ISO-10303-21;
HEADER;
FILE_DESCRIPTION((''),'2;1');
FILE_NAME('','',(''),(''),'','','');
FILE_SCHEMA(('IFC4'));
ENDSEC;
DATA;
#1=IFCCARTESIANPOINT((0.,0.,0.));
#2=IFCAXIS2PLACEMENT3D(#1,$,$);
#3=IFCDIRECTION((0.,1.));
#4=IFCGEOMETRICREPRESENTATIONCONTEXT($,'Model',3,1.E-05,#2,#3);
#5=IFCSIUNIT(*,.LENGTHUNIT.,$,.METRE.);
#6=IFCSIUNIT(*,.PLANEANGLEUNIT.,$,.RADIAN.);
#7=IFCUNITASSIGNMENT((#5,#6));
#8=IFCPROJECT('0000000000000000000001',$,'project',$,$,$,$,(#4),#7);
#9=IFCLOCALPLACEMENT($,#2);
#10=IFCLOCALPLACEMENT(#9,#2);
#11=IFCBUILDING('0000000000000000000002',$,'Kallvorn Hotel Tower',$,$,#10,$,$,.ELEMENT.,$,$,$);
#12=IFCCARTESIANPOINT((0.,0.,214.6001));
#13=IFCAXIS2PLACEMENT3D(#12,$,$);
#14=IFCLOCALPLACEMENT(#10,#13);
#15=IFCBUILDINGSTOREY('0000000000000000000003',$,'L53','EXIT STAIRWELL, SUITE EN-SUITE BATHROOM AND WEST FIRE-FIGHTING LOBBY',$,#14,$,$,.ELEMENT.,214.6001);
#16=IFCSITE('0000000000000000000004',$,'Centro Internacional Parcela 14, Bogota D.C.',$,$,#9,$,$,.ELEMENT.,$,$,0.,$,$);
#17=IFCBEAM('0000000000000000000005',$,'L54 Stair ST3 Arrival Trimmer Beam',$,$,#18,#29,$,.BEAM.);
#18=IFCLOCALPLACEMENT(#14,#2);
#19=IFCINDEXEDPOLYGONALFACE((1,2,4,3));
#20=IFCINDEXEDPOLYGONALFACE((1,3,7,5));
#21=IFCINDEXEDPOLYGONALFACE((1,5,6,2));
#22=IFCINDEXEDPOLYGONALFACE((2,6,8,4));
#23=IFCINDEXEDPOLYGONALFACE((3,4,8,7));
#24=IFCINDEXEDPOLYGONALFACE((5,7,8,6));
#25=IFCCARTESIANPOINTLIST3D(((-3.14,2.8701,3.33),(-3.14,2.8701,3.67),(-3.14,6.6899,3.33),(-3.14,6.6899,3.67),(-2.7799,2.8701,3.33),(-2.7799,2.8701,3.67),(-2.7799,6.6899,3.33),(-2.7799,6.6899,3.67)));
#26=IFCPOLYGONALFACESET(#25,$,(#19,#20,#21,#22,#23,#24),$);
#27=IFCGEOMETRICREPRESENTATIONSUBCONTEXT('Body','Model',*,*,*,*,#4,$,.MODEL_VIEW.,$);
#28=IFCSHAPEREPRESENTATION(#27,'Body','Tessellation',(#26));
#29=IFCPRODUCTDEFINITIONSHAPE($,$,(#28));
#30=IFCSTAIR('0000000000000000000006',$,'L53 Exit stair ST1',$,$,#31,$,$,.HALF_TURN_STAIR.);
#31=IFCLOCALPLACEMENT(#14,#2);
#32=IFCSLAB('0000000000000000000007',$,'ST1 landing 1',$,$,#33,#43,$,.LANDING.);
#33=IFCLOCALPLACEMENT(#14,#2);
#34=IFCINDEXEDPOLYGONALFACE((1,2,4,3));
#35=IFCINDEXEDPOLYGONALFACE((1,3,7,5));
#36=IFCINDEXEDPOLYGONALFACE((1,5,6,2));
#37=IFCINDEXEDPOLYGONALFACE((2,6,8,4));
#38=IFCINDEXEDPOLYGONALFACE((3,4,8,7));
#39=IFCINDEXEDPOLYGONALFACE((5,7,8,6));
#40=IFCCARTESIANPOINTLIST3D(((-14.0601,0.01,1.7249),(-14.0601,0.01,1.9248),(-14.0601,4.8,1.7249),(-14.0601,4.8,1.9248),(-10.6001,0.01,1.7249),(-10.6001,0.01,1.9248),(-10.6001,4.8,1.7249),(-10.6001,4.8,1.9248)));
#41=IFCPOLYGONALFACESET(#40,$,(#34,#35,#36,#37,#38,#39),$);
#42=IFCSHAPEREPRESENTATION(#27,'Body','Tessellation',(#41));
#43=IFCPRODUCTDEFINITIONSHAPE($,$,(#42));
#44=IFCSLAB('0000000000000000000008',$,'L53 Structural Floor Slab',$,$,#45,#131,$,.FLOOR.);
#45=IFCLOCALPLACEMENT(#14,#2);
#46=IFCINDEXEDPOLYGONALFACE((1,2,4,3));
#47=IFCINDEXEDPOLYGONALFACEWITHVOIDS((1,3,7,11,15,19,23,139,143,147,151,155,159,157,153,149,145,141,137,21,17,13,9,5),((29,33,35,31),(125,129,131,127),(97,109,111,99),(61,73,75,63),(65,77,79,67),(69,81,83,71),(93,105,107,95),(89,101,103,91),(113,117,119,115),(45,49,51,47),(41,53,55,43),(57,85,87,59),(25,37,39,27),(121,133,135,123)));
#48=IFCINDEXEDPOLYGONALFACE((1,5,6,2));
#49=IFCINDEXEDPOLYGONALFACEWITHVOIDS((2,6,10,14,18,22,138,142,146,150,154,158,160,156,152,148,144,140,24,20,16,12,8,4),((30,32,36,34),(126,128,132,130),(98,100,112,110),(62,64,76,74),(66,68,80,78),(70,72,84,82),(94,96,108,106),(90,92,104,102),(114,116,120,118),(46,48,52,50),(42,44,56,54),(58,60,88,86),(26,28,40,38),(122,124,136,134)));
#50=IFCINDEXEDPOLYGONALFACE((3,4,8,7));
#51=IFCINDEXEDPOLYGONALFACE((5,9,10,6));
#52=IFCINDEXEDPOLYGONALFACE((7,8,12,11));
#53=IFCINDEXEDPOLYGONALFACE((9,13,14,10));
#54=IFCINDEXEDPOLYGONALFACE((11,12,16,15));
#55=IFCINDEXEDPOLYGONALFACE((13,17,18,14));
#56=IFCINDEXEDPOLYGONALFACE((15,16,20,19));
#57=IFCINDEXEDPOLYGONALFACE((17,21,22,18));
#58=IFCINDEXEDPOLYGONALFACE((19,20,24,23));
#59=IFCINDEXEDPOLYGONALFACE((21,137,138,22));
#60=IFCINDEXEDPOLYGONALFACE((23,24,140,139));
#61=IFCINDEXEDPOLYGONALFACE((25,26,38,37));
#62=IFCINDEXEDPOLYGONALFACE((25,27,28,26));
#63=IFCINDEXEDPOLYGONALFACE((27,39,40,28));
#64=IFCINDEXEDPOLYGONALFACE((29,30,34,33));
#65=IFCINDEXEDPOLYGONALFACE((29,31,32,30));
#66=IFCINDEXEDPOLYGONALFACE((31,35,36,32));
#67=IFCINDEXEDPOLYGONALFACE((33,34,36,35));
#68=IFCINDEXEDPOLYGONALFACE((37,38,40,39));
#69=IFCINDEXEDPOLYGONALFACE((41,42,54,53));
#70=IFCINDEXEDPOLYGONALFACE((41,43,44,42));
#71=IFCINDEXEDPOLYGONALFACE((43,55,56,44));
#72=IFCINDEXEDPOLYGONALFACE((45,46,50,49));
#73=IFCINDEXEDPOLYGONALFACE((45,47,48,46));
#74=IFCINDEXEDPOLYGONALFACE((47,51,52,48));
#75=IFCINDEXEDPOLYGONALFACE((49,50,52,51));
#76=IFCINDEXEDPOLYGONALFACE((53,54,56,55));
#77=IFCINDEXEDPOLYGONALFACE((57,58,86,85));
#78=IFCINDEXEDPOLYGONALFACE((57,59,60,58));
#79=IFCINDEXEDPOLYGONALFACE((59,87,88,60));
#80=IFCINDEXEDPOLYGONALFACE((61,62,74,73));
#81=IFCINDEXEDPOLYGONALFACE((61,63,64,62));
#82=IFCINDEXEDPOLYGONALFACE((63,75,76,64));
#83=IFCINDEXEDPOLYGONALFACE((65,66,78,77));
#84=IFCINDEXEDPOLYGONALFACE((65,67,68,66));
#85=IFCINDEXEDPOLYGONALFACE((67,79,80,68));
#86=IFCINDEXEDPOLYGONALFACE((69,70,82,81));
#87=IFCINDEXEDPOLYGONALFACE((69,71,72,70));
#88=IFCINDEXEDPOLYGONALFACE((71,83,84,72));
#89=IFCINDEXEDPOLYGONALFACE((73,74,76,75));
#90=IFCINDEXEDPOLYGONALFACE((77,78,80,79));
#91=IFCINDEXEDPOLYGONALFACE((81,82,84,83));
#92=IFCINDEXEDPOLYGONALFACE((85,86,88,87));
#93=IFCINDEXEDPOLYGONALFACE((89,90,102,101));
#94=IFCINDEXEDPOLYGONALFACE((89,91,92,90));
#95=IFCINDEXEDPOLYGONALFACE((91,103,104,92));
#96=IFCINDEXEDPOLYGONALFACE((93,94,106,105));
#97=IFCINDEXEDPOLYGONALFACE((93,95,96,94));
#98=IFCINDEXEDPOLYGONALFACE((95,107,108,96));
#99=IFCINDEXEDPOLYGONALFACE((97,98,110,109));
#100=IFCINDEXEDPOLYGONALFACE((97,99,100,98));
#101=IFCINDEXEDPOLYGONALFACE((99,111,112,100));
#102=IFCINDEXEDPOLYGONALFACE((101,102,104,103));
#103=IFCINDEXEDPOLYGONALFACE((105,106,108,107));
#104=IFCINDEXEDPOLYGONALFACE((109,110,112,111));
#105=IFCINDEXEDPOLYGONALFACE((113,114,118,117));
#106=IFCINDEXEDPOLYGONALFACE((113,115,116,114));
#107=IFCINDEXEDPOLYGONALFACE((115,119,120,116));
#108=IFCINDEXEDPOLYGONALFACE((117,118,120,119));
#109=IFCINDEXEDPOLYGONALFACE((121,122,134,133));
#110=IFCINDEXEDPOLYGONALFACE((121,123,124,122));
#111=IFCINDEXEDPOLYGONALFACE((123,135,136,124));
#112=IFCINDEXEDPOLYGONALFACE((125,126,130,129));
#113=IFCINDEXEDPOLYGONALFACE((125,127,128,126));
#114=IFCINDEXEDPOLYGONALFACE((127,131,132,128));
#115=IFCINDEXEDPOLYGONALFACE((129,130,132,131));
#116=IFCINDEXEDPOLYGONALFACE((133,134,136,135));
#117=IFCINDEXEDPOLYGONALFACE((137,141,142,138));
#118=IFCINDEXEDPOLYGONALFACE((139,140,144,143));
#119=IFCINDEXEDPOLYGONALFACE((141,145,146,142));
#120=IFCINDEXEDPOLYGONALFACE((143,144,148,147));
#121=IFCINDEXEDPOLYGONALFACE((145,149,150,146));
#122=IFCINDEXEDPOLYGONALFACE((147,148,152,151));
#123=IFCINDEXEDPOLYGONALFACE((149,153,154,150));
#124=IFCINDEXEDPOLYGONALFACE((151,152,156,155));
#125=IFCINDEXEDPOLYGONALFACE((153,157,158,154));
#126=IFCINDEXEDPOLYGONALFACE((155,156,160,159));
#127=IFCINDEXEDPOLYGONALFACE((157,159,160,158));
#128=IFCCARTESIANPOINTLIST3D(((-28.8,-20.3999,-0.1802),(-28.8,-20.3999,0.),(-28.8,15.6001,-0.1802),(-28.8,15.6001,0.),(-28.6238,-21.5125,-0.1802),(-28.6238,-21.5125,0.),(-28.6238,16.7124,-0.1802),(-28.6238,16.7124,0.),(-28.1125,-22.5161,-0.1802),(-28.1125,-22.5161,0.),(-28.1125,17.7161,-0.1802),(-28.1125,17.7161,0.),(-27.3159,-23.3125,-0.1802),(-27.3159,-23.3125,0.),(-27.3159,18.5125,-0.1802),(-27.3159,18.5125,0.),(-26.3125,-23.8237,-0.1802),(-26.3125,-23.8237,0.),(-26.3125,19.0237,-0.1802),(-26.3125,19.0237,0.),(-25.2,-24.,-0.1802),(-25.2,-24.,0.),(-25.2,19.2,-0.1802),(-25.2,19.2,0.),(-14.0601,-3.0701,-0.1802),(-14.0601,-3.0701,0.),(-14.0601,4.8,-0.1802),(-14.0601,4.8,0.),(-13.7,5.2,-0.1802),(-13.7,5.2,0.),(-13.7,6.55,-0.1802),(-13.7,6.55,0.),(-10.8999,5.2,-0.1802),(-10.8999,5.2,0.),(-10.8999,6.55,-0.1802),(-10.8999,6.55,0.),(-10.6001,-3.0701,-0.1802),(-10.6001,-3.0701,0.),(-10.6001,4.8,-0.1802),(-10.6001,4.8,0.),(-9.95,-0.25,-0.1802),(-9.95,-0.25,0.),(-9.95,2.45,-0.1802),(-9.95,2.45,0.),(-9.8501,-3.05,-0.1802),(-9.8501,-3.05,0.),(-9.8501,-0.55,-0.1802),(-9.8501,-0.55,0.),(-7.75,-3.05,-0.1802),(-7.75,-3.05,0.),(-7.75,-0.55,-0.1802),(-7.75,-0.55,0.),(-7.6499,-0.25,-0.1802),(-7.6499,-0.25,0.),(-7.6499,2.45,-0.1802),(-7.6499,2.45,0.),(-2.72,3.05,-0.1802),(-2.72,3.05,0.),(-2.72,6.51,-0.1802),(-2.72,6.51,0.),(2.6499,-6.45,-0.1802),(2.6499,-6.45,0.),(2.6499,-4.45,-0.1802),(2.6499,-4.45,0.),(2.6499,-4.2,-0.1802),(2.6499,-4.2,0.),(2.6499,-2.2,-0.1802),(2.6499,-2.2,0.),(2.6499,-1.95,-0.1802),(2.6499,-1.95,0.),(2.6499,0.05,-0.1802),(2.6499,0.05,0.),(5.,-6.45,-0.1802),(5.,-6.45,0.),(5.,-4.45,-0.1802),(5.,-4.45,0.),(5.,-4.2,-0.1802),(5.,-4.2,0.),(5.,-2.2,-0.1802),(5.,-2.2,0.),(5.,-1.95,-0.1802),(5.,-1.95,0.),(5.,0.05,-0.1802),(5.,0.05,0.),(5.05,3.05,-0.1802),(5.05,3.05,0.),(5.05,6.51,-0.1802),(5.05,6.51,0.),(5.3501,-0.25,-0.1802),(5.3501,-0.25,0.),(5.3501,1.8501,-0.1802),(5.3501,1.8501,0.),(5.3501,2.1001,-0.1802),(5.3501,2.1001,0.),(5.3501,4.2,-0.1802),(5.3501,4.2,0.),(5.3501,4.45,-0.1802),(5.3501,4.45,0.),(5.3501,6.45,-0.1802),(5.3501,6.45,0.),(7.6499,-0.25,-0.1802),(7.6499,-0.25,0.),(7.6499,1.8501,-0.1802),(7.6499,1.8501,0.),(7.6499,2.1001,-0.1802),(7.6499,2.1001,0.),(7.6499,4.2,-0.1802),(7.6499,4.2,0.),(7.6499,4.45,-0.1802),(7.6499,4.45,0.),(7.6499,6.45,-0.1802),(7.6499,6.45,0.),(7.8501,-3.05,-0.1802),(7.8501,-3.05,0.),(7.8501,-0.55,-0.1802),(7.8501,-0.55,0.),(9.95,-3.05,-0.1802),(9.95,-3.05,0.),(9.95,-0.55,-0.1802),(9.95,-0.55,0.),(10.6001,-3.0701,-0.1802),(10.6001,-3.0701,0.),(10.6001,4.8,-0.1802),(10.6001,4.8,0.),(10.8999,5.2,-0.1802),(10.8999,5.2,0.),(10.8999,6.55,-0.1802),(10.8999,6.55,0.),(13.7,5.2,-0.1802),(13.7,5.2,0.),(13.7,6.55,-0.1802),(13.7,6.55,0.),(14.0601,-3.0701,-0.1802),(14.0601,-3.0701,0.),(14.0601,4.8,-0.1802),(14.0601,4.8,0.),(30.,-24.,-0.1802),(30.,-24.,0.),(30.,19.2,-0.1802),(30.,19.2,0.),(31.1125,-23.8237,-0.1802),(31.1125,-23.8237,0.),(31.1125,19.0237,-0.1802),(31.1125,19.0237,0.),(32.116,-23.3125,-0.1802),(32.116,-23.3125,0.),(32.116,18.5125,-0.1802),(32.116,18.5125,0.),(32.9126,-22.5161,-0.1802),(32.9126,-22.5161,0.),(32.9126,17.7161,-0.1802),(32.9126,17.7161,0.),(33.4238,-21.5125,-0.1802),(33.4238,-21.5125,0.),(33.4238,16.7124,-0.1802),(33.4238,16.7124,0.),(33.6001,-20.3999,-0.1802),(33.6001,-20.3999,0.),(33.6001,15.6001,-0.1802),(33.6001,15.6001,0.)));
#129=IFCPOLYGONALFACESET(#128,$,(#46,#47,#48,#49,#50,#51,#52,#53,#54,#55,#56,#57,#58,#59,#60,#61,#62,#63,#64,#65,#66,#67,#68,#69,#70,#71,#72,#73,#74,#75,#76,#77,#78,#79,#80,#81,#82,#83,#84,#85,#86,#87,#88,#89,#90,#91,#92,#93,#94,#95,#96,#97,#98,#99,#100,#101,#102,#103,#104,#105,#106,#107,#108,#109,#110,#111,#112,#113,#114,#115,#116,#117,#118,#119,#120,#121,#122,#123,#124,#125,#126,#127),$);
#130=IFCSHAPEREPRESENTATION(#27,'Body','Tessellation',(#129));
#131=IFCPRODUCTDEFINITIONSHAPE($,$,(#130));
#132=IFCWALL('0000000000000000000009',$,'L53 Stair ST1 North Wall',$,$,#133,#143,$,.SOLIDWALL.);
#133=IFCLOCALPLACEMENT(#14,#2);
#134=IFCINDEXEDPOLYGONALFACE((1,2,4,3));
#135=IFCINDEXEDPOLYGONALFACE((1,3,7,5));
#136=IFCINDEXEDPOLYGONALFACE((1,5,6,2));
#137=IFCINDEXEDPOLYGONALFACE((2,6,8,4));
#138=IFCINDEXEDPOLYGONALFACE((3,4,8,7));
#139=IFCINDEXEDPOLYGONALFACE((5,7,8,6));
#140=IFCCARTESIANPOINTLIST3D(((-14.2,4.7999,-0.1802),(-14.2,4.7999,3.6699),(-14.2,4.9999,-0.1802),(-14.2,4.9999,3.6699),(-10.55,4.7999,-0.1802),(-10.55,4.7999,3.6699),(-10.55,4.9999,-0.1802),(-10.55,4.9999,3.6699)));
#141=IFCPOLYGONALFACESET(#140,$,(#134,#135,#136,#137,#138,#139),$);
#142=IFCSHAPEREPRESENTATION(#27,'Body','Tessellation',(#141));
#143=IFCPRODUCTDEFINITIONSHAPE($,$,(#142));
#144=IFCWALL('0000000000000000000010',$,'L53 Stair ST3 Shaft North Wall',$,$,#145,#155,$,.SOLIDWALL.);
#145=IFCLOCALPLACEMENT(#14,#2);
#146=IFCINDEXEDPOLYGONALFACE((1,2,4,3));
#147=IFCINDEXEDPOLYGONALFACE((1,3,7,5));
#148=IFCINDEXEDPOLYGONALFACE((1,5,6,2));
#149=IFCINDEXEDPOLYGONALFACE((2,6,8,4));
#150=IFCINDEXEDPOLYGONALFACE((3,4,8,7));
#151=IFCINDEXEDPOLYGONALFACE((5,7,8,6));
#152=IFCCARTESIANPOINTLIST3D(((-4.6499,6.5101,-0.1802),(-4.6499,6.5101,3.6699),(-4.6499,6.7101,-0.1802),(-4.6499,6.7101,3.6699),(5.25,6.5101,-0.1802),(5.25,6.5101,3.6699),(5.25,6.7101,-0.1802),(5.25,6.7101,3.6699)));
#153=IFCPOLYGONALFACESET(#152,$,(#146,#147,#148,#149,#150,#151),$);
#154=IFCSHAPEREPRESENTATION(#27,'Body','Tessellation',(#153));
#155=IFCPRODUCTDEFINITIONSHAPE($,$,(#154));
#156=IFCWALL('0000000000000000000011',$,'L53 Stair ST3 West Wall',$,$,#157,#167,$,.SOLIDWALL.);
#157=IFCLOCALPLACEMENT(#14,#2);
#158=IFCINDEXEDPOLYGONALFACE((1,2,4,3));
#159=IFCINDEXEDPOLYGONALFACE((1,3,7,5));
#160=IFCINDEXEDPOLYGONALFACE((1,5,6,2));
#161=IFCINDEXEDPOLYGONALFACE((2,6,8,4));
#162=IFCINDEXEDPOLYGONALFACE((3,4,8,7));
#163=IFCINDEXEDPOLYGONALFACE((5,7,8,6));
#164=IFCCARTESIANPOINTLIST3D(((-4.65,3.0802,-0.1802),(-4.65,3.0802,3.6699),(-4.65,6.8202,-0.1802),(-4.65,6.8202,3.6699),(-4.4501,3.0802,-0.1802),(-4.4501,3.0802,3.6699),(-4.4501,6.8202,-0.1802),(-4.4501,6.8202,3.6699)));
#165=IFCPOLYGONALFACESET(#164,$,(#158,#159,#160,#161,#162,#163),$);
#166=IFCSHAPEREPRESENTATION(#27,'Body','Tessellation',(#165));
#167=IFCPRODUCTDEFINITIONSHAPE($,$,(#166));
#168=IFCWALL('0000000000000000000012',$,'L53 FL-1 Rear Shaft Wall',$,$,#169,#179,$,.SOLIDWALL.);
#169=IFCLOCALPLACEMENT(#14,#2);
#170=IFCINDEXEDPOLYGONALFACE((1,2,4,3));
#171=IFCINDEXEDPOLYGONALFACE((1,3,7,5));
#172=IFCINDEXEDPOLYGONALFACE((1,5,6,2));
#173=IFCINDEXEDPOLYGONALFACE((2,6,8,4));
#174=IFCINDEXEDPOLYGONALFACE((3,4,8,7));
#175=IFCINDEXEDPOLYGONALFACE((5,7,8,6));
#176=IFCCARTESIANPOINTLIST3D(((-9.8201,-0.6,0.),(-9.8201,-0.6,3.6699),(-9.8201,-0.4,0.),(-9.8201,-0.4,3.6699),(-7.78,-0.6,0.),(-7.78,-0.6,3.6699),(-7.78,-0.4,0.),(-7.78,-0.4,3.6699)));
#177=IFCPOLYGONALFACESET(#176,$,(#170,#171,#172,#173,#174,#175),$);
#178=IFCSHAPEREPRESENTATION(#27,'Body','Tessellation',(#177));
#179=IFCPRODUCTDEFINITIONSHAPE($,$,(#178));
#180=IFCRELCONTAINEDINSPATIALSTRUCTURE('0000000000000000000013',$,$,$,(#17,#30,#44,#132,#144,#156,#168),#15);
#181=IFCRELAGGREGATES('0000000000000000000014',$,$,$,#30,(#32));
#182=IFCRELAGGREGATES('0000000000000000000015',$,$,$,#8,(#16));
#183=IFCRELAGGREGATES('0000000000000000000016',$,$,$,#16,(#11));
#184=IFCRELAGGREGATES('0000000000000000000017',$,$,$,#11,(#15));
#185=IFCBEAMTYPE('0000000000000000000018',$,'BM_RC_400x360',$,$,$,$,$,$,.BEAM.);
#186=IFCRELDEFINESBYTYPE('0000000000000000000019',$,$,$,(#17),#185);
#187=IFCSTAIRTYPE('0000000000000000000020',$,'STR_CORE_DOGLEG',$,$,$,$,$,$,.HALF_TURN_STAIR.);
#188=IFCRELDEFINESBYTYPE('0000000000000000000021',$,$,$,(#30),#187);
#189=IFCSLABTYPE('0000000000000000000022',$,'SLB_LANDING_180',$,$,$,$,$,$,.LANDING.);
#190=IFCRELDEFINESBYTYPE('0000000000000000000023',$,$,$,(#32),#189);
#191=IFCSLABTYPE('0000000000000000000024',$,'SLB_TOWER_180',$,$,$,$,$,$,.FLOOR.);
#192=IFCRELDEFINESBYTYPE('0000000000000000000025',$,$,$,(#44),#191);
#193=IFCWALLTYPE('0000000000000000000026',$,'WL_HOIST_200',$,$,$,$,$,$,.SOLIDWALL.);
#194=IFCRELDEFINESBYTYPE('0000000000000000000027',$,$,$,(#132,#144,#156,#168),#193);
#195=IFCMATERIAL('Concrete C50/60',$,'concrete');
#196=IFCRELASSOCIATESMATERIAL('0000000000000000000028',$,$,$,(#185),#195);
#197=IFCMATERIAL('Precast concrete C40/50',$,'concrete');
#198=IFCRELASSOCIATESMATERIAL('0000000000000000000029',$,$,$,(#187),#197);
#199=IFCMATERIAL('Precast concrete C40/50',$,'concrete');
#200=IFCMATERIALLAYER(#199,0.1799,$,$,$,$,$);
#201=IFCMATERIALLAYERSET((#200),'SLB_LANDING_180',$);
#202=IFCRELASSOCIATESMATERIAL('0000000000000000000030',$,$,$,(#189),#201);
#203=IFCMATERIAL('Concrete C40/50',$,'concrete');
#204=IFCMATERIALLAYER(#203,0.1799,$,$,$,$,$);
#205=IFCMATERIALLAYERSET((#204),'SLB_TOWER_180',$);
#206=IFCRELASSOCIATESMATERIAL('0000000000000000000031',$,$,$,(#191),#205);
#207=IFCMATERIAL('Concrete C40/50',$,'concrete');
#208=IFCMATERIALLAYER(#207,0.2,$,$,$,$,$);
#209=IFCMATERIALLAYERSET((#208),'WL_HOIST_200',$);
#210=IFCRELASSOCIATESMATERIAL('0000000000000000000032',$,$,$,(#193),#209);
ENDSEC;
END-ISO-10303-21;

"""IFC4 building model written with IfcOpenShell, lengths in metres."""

from ifc_helpers import new_model, si_unit, direction, frame, frame_2d, origin, origin_2d, place, context, subcontext, project, spatial, polyline, rectangle, outline, extrude, material, layer, layer_set, material_profile, profile_set, type_object, element, aggregate, save


model = new_model("IFC4")

# Units and contexts
model_context = context("Model", 3, precision=1e-05, world=origin(), true_north=direction((0.0, 1.0)))
body_context = subcontext(model_context, "Body", "Model", "MODEL_VIEW")
ifc_project = project(units=[si_unit("LENGTHUNIT", "METRE"), si_unit("PLANEANGLEUNIT", "RADIAN")], contexts=[model_context])

# Site, building, storey
site_placement = place(None, origin())
site = spatial("IfcSite", under=ifc_project, at=site_placement, Name="Centro Internacional Parcela 14, Bogota D.C.", CompositionType="ELEMENT", RefElevation=0.0)
building_placement = place(site_placement, origin())
building = spatial("IfcBuilding", under=site, at=building_placement, Name="Kallvorn Hotel Tower", CompositionType="ELEMENT")
storey_placement = place(building_placement, frame((0.0, 0.0, 214.6001)))
storey = spatial("IfcBuildingStorey", under=building, at=storey_placement, Name="L53", Description="EXIT STAIRWELL, SUITE EN-SUITE BATHROOM AND WEST FIRE-FIGHTING LOBBY", CompositionType="ELEMENT", Elevation=214.6001)

# Beam
ifc_material_1 = material(Name="Concrete C50/60", Category="concrete")
ifc_material_profile = material_profile(ifc_material_1, rectangle(XDim=0.3601, YDim=0.3401, at=origin_2d()), Name="RC 360x340")
ifc_profile_set = profile_set([ifc_material_profile], Name="Concrete C50/60")
beam_type = type_object("IfcBeamType", Name="BM_RC_400x360", PredefinedType="BEAM", material=ifc_profile_set)
beam_placement = place(storey_placement, frame((-2.96, 2.8701, 3.5), z_axis=(0.0, 1.0, 0.0), x_axis=(-1.0, 0.0, 0.0)))
element("IfcBeam", 1, at=beam_placement, inside=storey, type_object=beam_type, Name="L54 Stair ST3 Arrival Trimmer Beam", PredefinedType="BEAM", context=body_context, shape_type="SweptSolid", body=[
    extrude(rectangle(XDim=0.3601, YDim=0.3401, at=origin_2d()), origin(), (0.0, 0.0, 1.0), 3.8198),
])

# Stair, slab
ifc_material_2 = material(Name="Precast concrete C40/50", Category="concrete")
stair_type = type_object("IfcStairType", Name="STR_CORE_DOGLEG", PredefinedType="HALF_TURN_STAIR", material=ifc_material_2)
stair_1_placement = place(storey_placement, origin())
stair_1 = element("IfcStair", 2, at=stair_1_placement, inside=storey, type_object=stair_type, Name="L53 Exit stair ST1", PredefinedType="HALF_TURN_STAIR")
ifc_material_3 = material(Name="Precast concrete C40/50", Category="concrete")
ifc_layer_1 = layer(ifc_material_3, 0.1799)
ifc_layer_set_1 = layer_set([ifc_layer_1], Name="SLB_LANDING_180")
slab_type_1 = type_object("IfcSlabType", Name="SLB_LANDING_180", PredefinedType="LANDING", material=ifc_layer_set_1)
slab_1_placement = place(storey_placement, frame((0.0, 0.0, 1.7249)))
slab_1 = element("IfcSlab", 3, at=slab_1_placement, type_object=slab_type_1, Name="ST1 landing 1", PredefinedType="LANDING", context=body_context, shape_type="SweptSolid", body=[
    extrude(outline(polyline([(-10.6001, 0.01), (-10.6001, 4.8), (-14.0601, 4.8), (-14.0601, 0.01), (-10.6001, 0.01)])), origin(), (0.0, 0.0, 1.0), 0.2),
])

# Slab
ifc_material_4 = material(Name="Concrete C40/50", Category="concrete")
ifc_layer_2 = layer(ifc_material_4, 0.1799)
ifc_layer_set_2 = layer_set([ifc_layer_2], Name="SLB_TOWER_180")
slab_type_2 = type_object("IfcSlabType", Name="SLB_TOWER_180", PredefinedType="FLOOR", material=ifc_layer_set_2)
slab_2_placement = place(storey_placement, frame((0.0, 0.0, -0.1802)))
element("IfcSlab", 4, at=slab_2_placement, inside=storey, type_object=slab_type_2, Name="L53 Structural Floor Slab", PredefinedType="FLOOR", context=body_context, shape_type="SweptSolid", body=[
    extrude(outline(polyline([(30.0, -24.0), (31.1125, -23.8237), (32.116, -23.3125), (32.9126, -22.5161), (33.4238, -21.5125), (33.6001, -20.3999), (33.6001, 15.6001), (33.4238, 16.7124), (32.9126, 17.7161), (32.116, 18.5125), (31.1125, 19.0237), (30.0, 19.2), (-25.2, 19.2), (-26.3125, 19.0237), (-27.3159, 18.5125), (-28.1125, 17.7161), (-28.6238, 16.7124), (-28.8, 15.6001), (-28.8, -20.3999), (-28.6238, -21.5125), (-28.1125, -22.5161), (-27.3159, -23.3125), (-26.3125, -23.8237), (-25.2, -24.0), (30.0, -24.0)]), holes=[polyline([(-10.6001, -3.0701), (-10.6001, 4.8), (-14.0601, 4.8), (-14.0601, -3.0701), (-10.6001, -3.0701)]), polyline([(14.0601, -3.0701), (14.0601, 4.8), (10.6001, 4.8), (10.6001, -3.0701), (14.0601, -3.0701)]), polyline([(-2.72, 3.05), (5.05, 3.05), (5.05, 6.51), (-2.72, 6.51), (-2.72, 3.05)]), polyline([(2.6499, -6.45), (5.0, -6.45), (5.0, -4.45), (2.6499, -4.45), (2.6499, -6.45)]), polyline([(2.6499, -4.2), (5.0, -4.2), (5.0, -2.2), (2.6499, -2.2), (2.6499, -4.2)]), polyline([(2.6499, -1.95), (5.0, -1.95), (5.0, 0.05), (2.6499, 0.05), (2.6499, -1.95)]), polyline([(5.3501, -0.25), (7.6499, -0.25), (7.6499, 1.8501), (5.3501, 1.8501), (5.3501, -0.25)]), polyline([(5.3501, 2.1001), (7.6499, 2.1001), (7.6499, 4.2), (5.3501, 4.2), (5.3501, 2.1001)]), polyline([(5.3501, 4.45), (7.6499, 4.45), (7.6499, 6.45), (5.3501, 6.45), (5.3501, 4.45)]), polyline([(-9.8501, -3.05), (-7.75, -3.05), (-7.75, -0.55), (-9.8501, -0.55), (-9.8501, -3.05)]), polyline([(7.8501, -3.05), (9.95, -3.05), (9.95, -0.55), (7.8501, -0.55), (7.8501, -3.05)]), polyline([(-9.95, -0.25), (-7.6499, -0.25), (-7.6499, 2.45), (-9.95, 2.45), (-9.95, -0.25)]), polyline([(-13.7, 5.2), (-10.8999, 5.2), (-10.8999, 6.55), (-13.7, 6.55), (-13.7, 5.2)]), polyline([(10.8999, 5.2), (13.7, 5.2), (13.7, 6.55), (10.8999, 6.55), (10.8999, 5.2)])]), origin(), (0.0, 0.0, 1.0), 0.1802),
])

# Walls
ifc_material_5 = material(Name="Concrete C40/50", Category="concrete")
ifc_layer_3 = layer(ifc_material_5, 0.2)
ifc_layer_set_3 = layer_set([ifc_layer_3], Name="WL_HOIST_200")
wall_type_1 = type_object("IfcWallType", Name="WL_HOIST_200", PredefinedType="SOLIDWALL", material=ifc_layer_set_3)
wall_1_placement = place(storey_placement, frame((-14.2, 4.8999, -0.1802), z_axis=(0.0, 0.0, 1.0), x_axis=(1.0, 0.0, 0.0)))
element("IfcWall", 5, at=wall_1_placement, inside=storey, type_object=wall_type_1, Name="L53 Stair ST1 North Wall", PredefinedType="SOLIDWALL", context=body_context, shape_type="SweptSolid", body=[
    extrude(rectangle(XDim=3.6499, YDim=0.2, at=frame_2d((1.825, 0.0))), origin(), (0.0, 0.0, 1.0), 3.8501),
])
wall_2_placement = place(storey_placement, frame((-4.6499, 6.6101, -0.1802), z_axis=(0.0, 0.0, 1.0), x_axis=(1.0, 0.0, 0.0)))
element("IfcWall", 6, at=wall_2_placement, inside=storey, type_object=wall_type_1, Name="L53 Stair ST3 Shaft North Wall", PredefinedType="SOLIDWALL", context=body_context, shape_type="SweptSolid", body=[
    extrude(rectangle(XDim=9.8999, YDim=0.2, at=frame_2d((4.95, 0.0))), origin(), (0.0, 0.0, 1.0), 3.8501),
])
wall_3_placement = place(storey_placement, frame((-4.55, 3.0801, -0.1802), z_axis=(0.0, 0.0, 1.0), x_axis=(0.0, 1.0, 0.0)))
element("IfcWall", 7, at=wall_3_placement, inside=storey, type_object=wall_type_1, Name="L53 Stair ST3 West Wall", PredefinedType="SOLIDWALL", context=body_context, shape_type="SweptSolid", body=[
    extrude(rectangle(XDim=3.74, YDim=0.2, at=frame_2d((1.8701, 0.0))), origin(), (0.0, 0.0, 1.0), 3.8501),
])
wall_4_placement = place(storey_placement, frame((-9.8201, -0.5, 0.0), z_axis=(0.0, 0.0, 1.0), x_axis=(1.0, 0.0, 0.0)))
element("IfcWall", 8, at=wall_4_placement, inside=storey, type_object=wall_type_1, Name="L53 FL-1 Rear Shaft Wall", PredefinedType="SOLIDWALL", context=body_context, shape_type="SweptSolid", body=[
    extrude(rectangle(XDim=2.04, YDim=0.2, at=frame_2d((1.02, 0.0))), origin(), (0.0, 0.0, 1.0), 3.6699),
])

aggregate(stair_1, [slab_1])

save(model, "model.ifc")
